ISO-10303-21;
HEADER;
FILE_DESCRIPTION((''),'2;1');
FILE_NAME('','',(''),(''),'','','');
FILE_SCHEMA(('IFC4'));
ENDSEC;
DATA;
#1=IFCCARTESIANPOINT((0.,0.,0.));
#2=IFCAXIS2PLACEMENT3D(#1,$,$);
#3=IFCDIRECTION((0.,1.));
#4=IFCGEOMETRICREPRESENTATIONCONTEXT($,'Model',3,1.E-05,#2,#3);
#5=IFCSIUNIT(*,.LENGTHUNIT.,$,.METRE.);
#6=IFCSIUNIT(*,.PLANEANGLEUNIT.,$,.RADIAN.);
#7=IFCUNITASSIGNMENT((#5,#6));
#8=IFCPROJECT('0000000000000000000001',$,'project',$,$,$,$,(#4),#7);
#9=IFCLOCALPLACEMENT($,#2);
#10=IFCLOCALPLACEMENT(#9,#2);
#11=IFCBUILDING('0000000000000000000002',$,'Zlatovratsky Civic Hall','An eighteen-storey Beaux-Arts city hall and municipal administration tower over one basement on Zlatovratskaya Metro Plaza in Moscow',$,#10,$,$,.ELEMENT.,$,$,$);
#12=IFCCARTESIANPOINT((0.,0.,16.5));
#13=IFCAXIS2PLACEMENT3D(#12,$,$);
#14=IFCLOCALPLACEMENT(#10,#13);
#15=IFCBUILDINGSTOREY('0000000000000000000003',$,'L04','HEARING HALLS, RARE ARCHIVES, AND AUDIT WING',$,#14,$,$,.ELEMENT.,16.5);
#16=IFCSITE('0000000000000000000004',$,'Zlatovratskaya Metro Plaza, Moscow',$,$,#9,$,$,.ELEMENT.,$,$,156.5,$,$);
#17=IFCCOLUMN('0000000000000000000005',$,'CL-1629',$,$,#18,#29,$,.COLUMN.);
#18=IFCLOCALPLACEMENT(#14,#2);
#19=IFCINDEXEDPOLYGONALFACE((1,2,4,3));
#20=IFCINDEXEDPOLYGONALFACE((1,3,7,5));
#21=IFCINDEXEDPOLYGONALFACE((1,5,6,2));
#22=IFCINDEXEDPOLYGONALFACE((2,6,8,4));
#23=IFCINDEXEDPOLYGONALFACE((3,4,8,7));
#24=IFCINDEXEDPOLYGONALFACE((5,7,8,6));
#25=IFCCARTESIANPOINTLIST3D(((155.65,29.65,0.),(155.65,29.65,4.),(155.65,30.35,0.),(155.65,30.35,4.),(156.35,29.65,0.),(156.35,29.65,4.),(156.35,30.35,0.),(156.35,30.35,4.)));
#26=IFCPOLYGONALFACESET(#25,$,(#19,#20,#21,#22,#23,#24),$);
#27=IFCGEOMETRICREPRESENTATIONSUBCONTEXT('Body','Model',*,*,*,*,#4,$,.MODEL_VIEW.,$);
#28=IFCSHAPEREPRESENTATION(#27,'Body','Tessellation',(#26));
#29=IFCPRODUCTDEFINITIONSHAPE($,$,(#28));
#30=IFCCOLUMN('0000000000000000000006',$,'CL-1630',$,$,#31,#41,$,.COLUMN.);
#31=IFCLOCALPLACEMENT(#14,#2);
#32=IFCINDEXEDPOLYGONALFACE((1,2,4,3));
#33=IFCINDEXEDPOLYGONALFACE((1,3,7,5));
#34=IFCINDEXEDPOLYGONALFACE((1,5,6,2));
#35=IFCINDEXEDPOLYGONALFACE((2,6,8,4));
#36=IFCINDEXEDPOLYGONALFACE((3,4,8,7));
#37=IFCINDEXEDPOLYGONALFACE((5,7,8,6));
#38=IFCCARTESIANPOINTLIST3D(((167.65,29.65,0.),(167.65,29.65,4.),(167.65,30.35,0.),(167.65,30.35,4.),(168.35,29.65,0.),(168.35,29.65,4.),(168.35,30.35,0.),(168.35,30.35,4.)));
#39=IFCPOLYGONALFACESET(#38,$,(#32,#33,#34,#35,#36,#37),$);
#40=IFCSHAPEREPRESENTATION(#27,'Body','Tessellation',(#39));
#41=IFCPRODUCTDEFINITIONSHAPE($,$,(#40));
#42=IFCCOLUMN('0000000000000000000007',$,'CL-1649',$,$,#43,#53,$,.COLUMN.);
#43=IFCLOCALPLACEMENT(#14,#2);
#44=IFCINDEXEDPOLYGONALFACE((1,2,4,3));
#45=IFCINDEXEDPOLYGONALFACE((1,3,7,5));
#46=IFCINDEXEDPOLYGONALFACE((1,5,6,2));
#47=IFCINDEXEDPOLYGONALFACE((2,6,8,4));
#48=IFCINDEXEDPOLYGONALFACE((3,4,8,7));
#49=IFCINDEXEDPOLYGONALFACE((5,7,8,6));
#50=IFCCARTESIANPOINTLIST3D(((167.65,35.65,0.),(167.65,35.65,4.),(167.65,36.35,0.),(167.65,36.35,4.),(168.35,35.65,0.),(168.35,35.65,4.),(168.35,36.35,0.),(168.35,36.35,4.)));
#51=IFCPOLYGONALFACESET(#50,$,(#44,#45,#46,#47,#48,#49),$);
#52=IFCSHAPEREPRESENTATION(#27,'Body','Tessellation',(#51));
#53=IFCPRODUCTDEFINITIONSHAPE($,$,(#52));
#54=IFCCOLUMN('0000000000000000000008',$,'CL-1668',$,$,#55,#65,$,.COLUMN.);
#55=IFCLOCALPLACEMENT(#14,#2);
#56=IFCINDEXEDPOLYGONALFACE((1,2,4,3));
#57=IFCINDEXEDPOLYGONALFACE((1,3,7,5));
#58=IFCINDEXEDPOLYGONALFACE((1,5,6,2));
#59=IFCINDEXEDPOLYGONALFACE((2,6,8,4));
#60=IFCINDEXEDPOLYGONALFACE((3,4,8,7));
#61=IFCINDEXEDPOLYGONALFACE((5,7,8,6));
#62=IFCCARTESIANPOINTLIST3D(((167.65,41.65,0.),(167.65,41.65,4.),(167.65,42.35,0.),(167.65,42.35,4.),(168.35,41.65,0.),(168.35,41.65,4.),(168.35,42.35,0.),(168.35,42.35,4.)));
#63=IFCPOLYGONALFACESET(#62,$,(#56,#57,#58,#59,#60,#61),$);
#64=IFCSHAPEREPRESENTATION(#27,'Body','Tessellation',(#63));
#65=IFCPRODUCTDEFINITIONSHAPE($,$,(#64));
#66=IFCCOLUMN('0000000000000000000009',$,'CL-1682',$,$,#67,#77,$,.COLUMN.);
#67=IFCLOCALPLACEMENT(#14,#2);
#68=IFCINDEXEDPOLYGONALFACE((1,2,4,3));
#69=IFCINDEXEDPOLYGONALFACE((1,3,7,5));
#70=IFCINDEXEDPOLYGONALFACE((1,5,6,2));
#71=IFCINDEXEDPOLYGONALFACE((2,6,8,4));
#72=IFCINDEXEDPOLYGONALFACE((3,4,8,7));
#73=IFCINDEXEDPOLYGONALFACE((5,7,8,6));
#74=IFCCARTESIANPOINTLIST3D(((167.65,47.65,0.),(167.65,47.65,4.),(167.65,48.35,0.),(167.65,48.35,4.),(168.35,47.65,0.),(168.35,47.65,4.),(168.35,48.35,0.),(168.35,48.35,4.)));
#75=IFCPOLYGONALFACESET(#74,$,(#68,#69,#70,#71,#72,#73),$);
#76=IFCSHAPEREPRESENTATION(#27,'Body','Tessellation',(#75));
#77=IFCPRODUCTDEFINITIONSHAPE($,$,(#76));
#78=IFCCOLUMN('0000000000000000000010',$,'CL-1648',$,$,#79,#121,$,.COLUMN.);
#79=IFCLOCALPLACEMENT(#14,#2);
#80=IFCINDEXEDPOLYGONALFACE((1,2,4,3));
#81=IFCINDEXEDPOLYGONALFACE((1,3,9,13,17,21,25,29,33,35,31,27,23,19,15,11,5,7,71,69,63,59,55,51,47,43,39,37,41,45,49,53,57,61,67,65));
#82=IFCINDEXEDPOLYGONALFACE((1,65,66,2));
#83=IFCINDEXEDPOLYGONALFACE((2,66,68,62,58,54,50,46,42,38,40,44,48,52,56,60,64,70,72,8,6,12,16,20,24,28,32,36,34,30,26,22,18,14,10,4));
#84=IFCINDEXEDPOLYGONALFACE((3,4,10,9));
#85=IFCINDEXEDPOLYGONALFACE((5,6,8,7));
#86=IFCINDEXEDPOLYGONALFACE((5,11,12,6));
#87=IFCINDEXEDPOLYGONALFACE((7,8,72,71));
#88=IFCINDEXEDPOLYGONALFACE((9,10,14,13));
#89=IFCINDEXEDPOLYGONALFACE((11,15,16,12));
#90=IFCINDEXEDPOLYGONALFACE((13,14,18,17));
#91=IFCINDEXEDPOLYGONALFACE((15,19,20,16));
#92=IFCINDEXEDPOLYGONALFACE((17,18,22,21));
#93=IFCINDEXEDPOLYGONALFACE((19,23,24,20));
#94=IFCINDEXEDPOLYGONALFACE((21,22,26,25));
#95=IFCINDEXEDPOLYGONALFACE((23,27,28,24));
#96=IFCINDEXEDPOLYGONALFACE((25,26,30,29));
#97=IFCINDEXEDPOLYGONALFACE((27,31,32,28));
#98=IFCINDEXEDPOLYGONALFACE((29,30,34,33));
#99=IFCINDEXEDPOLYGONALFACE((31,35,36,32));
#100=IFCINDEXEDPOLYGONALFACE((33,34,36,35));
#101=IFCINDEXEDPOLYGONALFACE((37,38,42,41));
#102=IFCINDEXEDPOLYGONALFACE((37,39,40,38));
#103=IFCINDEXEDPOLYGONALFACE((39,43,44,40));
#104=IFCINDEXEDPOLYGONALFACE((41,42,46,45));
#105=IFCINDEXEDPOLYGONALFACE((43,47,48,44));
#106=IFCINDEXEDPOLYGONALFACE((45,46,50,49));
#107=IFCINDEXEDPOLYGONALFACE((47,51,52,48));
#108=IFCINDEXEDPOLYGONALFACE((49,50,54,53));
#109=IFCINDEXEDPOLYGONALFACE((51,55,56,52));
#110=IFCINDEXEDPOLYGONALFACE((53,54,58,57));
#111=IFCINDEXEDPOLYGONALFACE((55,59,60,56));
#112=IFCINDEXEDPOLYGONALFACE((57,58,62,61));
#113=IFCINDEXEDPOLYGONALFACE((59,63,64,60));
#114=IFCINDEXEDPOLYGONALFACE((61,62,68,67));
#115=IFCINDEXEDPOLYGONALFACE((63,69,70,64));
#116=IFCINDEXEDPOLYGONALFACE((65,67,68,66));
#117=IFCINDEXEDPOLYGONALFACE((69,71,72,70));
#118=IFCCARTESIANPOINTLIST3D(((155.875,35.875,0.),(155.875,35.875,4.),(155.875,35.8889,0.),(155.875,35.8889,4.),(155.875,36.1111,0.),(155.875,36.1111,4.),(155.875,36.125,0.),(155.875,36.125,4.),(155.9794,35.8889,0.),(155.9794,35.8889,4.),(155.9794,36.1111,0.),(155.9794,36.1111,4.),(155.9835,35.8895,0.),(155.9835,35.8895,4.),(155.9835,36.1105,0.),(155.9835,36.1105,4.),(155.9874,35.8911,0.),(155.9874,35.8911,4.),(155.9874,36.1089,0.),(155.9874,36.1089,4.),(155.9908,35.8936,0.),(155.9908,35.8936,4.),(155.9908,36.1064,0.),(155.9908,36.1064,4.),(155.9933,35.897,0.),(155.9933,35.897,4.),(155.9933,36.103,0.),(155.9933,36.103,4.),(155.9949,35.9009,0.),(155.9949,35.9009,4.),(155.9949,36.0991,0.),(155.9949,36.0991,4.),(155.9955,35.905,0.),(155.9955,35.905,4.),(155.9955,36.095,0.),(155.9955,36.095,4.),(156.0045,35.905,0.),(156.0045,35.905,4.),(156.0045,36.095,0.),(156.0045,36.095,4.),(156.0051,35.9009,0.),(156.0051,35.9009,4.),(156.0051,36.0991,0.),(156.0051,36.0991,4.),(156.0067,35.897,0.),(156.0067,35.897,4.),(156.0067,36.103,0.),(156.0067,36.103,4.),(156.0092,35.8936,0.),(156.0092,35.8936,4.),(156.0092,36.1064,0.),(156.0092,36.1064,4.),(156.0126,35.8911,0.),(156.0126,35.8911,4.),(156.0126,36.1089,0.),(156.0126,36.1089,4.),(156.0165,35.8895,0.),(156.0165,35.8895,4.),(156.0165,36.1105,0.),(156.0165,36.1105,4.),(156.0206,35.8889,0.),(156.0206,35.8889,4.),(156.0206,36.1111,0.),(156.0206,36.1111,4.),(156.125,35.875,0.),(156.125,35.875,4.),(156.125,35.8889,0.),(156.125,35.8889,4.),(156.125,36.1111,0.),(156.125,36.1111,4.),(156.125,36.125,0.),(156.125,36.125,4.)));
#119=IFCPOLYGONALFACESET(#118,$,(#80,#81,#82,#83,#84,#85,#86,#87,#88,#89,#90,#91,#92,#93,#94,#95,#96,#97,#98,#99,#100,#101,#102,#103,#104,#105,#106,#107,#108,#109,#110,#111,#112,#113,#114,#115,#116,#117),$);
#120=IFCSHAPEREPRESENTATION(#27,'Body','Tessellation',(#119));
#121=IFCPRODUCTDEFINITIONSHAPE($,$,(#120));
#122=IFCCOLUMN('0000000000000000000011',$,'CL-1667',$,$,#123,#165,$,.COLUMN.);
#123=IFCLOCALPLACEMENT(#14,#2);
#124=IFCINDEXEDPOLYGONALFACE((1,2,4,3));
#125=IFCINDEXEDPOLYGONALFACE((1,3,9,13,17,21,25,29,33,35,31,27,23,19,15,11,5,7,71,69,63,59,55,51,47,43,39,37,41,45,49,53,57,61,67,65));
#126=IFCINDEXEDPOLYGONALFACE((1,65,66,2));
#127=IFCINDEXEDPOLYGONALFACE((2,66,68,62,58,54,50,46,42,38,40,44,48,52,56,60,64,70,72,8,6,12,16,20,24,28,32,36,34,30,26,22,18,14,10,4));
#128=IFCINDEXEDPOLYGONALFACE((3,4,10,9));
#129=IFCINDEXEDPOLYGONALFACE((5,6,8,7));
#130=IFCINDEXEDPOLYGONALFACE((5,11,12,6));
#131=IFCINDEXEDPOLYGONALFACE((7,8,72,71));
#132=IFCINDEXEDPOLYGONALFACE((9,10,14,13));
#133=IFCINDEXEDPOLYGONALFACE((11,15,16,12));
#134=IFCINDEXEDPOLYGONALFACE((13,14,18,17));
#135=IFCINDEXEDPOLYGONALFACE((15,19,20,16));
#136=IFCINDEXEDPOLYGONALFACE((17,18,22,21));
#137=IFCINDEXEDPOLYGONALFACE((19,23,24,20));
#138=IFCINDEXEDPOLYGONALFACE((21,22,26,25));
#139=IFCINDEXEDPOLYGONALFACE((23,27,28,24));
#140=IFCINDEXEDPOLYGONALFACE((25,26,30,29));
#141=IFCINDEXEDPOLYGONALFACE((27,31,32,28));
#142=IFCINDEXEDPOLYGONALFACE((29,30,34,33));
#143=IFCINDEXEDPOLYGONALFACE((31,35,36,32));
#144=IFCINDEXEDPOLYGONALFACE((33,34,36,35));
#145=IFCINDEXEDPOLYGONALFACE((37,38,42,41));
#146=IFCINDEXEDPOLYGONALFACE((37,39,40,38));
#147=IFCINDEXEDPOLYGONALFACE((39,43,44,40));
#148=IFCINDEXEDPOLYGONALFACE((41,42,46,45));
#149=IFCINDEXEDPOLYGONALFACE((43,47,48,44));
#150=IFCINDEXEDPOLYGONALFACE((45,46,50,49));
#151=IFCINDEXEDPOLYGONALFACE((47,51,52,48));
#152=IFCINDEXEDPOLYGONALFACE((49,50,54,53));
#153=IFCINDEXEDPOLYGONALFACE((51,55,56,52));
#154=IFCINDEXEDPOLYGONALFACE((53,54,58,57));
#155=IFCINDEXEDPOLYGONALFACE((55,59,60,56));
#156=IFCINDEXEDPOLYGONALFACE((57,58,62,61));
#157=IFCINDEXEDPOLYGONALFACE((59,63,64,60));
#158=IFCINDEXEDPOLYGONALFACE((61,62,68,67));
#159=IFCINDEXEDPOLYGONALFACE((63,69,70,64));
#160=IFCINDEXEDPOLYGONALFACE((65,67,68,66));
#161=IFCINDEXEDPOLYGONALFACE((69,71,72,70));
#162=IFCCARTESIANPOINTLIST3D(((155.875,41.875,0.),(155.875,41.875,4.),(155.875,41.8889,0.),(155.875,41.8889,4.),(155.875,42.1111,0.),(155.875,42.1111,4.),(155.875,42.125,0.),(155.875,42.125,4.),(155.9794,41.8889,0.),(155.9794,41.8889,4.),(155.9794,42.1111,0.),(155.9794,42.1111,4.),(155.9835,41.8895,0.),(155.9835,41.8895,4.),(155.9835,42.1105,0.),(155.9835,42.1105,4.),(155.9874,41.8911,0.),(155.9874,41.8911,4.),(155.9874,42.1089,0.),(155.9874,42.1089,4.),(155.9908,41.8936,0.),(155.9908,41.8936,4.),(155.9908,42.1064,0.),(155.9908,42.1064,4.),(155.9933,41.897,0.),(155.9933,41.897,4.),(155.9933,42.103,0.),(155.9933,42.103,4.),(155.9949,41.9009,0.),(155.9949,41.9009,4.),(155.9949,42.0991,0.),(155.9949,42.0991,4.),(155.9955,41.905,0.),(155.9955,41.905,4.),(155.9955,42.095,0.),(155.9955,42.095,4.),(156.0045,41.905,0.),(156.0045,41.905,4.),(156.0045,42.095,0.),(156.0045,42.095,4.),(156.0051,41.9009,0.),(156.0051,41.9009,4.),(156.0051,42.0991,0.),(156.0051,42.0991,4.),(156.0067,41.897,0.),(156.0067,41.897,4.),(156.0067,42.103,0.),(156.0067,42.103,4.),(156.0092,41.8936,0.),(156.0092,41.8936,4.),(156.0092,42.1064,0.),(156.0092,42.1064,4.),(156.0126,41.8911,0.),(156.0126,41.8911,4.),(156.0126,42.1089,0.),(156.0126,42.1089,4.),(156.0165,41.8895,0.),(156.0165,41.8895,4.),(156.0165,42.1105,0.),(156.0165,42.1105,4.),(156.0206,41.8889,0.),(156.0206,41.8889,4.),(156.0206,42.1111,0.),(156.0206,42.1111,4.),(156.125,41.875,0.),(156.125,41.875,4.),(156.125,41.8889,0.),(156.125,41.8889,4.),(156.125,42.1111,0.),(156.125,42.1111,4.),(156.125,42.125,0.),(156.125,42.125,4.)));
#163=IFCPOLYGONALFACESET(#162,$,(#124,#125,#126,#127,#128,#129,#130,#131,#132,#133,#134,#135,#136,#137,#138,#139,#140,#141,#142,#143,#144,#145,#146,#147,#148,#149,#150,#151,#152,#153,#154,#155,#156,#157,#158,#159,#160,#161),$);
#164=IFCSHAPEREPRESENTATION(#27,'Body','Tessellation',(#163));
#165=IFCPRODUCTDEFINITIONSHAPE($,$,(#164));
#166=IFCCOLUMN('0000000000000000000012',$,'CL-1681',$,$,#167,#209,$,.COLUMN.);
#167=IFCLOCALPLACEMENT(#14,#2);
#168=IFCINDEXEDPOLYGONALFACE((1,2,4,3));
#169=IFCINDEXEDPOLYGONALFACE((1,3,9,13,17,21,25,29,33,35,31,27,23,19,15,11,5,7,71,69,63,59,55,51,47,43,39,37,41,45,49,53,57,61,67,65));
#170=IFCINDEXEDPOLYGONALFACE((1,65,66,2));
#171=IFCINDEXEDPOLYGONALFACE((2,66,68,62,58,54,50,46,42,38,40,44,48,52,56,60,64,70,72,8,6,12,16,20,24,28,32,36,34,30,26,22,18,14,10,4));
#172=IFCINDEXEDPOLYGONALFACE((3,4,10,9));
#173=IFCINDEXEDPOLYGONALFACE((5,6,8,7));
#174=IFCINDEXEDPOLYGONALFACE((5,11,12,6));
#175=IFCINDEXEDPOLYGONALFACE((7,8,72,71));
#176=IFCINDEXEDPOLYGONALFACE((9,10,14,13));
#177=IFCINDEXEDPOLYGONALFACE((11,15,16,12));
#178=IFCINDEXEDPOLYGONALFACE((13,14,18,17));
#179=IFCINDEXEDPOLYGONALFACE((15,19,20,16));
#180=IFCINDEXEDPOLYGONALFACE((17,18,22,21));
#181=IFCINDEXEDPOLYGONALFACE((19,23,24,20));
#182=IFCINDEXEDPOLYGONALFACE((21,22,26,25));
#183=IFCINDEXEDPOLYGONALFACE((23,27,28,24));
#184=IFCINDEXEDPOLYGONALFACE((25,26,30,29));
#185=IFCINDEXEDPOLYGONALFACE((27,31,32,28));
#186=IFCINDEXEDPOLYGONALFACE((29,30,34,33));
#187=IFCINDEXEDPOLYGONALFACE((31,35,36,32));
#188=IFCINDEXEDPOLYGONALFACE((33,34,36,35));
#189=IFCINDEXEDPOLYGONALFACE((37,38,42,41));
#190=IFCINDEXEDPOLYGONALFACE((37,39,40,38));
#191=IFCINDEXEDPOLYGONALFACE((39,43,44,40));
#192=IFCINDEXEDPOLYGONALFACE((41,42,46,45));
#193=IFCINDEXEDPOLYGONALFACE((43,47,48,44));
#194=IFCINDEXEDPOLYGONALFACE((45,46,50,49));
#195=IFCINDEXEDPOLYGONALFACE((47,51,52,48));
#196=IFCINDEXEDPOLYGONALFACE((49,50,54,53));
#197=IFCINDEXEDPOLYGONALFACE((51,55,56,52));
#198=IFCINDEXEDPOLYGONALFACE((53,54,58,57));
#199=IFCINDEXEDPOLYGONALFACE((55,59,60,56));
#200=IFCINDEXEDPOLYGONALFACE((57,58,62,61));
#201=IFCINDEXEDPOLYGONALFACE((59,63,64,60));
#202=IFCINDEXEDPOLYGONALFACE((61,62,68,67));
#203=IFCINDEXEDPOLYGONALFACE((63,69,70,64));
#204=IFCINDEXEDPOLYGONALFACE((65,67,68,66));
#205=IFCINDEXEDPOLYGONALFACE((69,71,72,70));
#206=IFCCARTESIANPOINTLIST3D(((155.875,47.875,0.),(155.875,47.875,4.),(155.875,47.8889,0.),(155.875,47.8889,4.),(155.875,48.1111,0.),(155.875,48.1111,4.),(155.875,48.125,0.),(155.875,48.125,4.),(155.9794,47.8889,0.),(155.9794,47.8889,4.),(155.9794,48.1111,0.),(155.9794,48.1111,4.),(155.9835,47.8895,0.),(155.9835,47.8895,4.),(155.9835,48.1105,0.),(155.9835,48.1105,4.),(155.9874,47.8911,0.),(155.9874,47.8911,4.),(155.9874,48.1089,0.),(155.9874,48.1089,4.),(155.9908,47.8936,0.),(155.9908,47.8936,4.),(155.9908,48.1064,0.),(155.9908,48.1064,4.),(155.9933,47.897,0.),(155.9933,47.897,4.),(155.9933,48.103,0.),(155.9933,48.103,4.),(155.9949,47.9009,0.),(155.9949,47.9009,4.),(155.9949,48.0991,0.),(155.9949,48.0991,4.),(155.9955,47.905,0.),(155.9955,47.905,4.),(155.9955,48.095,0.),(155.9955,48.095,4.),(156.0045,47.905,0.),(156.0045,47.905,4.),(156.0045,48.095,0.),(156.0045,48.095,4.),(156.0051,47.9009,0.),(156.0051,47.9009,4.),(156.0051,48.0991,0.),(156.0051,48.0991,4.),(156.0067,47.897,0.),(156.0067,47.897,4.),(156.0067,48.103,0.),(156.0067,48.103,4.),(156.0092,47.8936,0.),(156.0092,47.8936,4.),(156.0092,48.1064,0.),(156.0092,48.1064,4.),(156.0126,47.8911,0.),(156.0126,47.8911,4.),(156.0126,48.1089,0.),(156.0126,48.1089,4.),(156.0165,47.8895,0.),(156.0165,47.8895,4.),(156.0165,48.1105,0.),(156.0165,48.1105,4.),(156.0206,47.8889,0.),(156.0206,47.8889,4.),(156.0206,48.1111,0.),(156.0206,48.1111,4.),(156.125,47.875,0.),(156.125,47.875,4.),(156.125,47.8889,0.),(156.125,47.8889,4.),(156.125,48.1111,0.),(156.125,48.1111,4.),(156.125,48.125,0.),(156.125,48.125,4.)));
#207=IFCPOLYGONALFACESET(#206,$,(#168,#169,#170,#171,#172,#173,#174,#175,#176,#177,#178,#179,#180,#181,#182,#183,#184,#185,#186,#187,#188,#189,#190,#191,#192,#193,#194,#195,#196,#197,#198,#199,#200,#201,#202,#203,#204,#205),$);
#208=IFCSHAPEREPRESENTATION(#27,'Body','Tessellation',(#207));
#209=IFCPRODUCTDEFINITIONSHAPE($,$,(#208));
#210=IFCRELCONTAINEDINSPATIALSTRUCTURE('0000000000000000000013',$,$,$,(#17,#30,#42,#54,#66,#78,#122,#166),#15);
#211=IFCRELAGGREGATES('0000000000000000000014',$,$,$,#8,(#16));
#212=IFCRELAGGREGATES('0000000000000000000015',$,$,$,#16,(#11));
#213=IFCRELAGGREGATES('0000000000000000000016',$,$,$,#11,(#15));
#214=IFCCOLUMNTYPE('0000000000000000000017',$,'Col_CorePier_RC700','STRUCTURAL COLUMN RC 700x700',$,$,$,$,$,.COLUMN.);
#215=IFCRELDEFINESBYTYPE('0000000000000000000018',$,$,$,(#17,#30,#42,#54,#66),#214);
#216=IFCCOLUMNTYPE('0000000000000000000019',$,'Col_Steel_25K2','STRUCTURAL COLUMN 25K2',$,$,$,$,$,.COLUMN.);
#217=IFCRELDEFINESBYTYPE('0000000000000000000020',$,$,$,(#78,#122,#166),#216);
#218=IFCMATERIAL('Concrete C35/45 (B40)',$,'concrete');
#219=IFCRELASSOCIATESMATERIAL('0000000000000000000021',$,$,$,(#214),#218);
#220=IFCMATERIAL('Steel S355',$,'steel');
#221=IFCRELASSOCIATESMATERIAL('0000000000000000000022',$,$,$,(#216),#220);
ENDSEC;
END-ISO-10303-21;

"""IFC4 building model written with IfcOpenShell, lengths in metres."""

from ifc_helpers import new_model, si_unit, direction, frame, origin, origin_2d, place, context, subcontext, project, spatial, rectangle, i_section, extrude, material, material_profile, profile_set, type_object, element, save


model = new_model("IFC4")

# Units and contexts
model_context = context("Model", 3, precision=1e-05, world=origin(), true_north=direction((0.0, 1.0)))
body_context = subcontext(model_context, "Body", "Model", "MODEL_VIEW")
ifc_project = project(units=[si_unit("LENGTHUNIT", "METRE"), si_unit("PLANEANGLEUNIT", "RADIAN")], contexts=[model_context])

# Site, building, storey
site_placement = place(None, origin())
site = spatial("IfcSite", under=ifc_project, at=site_placement, Name="Zlatovratskaya Metro Plaza, Moscow", CompositionType="ELEMENT", RefElevation=156.5)
building_placement = place(site_placement, origin())
building = spatial("IfcBuilding", under=site, at=building_placement, Name="Zlatovratsky Civic Hall", Description="An eighteen-storey Beaux-Arts city hall and municipal administration tower over one basement on Zlatovratskaya Metro Plaza in Moscow", CompositionType="ELEMENT")
storey_placement = place(building_placement, frame((0.0, 0.0, 16.5)))
storey = spatial("IfcBuildingStorey", under=building, at=storey_placement, Name="L04", Description="HEARING HALLS, RARE ARCHIVES, AND AUDIT WING", CompositionType="ELEMENT", Elevation=16.5)

# Columns
ifc_material_1 = material(Name="Concrete C35/45 (B40)", Category="concrete")
ifc_material_profile_1 = material_profile(ifc_material_1, rectangle(XDim=0.7, YDim=0.7, at=origin_2d()), Name="RC 700x700")
ifc_profile_set_1 = profile_set([ifc_material_profile_1], Name="Concrete C35/45 (B40)")
column_type_1 = type_object("IfcColumnType", Name="Col_CorePier_RC700", Description="STRUCTURAL COLUMN RC 700x700", PredefinedType="COLUMN", material=ifc_profile_set_1)
for number, where, z_axis, x_axis, name in (
    (1, (156.0, 30.0, 0.0), (0.0, 0.0, 1.0), (1.0, 0.0, 0.0), "CL-1629"),
    (2, (168.0, 30.0, 0.0), (0.0, 0.0, 1.0), (1.0, 0.0, 0.0), "CL-1630"),
    (3, (168.0, 36.0, 0.0), (0.0, 0.0, 1.0), (1.0, 0.0, 0.0), "CL-1649"),
    (4, (168.0, 42.0, 0.0), (0.0, 0.0, 1.0), (1.0, 0.0, 0.0), "CL-1668"),
    (5, (168.0, 48.0, 0.0), (0.0, 0.0, 1.0), (1.0, 0.0, 0.0), "CL-1682"),
):
    element("IfcColumn", number, at=place(storey_placement, frame(where, z_axis=z_axis, x_axis=x_axis)), inside=storey, type_object=column_type_1, Name=name, PredefinedType="COLUMN", context=body_context, shape_type="SweptSolid", body=[
        extrude(rectangle(XDim=0.7, YDim=0.7, at=origin_2d()), origin(), (0.0, 0.0, 1.0), 4.0),
    ])
ifc_material_2 = material(Name="Steel S355", Category="steel")
ifc_material_profile_2 = material_profile(ifc_material_2, i_section(OverallWidth=0.25, OverallDepth=0.25, WebThickness=0.009, FlangeThickness=0.0139, FilletRadius=0.0161, at=origin_2d()), Name="25K2")
ifc_profile_set_2 = profile_set([ifc_material_profile_2], Name="Steel S355")
column_type_2 = type_object("IfcColumnType", Name="Col_Steel_25K2", Description="STRUCTURAL COLUMN 25K2", PredefinedType="COLUMN", material=ifc_profile_set_2)
for number, where, z_axis, x_axis, name in (
    (6, (156.0, 36.0, 0.0), (0.0, 0.0, 1.0), (1.0, 0.0, 0.0), "CL-1648"),
    (7, (156.0, 42.0, 0.0), (0.0, 0.0, 1.0), (1.0, 0.0, 0.0), "CL-1667"),
    (8, (156.0, 48.0, 0.0), (0.0, 0.0, 1.0), (1.0, 0.0, 0.0), "CL-1681"),
):
    element("IfcColumn", number, at=place(storey_placement, frame(where, z_axis=z_axis, x_axis=x_axis)), inside=storey, type_object=column_type_2, Name=name, PredefinedType="COLUMN", context=body_context, shape_type="SweptSolid", body=[
        extrude(i_section(OverallWidth=0.25, OverallDepth=0.25, WebThickness=0.009, FlangeThickness=0.0139, FilletRadius=0.0161, at=origin_2d()), origin(), (0.0, 0.0, 1.0), 4.0),
    ])

save(model, "model.ifc")
